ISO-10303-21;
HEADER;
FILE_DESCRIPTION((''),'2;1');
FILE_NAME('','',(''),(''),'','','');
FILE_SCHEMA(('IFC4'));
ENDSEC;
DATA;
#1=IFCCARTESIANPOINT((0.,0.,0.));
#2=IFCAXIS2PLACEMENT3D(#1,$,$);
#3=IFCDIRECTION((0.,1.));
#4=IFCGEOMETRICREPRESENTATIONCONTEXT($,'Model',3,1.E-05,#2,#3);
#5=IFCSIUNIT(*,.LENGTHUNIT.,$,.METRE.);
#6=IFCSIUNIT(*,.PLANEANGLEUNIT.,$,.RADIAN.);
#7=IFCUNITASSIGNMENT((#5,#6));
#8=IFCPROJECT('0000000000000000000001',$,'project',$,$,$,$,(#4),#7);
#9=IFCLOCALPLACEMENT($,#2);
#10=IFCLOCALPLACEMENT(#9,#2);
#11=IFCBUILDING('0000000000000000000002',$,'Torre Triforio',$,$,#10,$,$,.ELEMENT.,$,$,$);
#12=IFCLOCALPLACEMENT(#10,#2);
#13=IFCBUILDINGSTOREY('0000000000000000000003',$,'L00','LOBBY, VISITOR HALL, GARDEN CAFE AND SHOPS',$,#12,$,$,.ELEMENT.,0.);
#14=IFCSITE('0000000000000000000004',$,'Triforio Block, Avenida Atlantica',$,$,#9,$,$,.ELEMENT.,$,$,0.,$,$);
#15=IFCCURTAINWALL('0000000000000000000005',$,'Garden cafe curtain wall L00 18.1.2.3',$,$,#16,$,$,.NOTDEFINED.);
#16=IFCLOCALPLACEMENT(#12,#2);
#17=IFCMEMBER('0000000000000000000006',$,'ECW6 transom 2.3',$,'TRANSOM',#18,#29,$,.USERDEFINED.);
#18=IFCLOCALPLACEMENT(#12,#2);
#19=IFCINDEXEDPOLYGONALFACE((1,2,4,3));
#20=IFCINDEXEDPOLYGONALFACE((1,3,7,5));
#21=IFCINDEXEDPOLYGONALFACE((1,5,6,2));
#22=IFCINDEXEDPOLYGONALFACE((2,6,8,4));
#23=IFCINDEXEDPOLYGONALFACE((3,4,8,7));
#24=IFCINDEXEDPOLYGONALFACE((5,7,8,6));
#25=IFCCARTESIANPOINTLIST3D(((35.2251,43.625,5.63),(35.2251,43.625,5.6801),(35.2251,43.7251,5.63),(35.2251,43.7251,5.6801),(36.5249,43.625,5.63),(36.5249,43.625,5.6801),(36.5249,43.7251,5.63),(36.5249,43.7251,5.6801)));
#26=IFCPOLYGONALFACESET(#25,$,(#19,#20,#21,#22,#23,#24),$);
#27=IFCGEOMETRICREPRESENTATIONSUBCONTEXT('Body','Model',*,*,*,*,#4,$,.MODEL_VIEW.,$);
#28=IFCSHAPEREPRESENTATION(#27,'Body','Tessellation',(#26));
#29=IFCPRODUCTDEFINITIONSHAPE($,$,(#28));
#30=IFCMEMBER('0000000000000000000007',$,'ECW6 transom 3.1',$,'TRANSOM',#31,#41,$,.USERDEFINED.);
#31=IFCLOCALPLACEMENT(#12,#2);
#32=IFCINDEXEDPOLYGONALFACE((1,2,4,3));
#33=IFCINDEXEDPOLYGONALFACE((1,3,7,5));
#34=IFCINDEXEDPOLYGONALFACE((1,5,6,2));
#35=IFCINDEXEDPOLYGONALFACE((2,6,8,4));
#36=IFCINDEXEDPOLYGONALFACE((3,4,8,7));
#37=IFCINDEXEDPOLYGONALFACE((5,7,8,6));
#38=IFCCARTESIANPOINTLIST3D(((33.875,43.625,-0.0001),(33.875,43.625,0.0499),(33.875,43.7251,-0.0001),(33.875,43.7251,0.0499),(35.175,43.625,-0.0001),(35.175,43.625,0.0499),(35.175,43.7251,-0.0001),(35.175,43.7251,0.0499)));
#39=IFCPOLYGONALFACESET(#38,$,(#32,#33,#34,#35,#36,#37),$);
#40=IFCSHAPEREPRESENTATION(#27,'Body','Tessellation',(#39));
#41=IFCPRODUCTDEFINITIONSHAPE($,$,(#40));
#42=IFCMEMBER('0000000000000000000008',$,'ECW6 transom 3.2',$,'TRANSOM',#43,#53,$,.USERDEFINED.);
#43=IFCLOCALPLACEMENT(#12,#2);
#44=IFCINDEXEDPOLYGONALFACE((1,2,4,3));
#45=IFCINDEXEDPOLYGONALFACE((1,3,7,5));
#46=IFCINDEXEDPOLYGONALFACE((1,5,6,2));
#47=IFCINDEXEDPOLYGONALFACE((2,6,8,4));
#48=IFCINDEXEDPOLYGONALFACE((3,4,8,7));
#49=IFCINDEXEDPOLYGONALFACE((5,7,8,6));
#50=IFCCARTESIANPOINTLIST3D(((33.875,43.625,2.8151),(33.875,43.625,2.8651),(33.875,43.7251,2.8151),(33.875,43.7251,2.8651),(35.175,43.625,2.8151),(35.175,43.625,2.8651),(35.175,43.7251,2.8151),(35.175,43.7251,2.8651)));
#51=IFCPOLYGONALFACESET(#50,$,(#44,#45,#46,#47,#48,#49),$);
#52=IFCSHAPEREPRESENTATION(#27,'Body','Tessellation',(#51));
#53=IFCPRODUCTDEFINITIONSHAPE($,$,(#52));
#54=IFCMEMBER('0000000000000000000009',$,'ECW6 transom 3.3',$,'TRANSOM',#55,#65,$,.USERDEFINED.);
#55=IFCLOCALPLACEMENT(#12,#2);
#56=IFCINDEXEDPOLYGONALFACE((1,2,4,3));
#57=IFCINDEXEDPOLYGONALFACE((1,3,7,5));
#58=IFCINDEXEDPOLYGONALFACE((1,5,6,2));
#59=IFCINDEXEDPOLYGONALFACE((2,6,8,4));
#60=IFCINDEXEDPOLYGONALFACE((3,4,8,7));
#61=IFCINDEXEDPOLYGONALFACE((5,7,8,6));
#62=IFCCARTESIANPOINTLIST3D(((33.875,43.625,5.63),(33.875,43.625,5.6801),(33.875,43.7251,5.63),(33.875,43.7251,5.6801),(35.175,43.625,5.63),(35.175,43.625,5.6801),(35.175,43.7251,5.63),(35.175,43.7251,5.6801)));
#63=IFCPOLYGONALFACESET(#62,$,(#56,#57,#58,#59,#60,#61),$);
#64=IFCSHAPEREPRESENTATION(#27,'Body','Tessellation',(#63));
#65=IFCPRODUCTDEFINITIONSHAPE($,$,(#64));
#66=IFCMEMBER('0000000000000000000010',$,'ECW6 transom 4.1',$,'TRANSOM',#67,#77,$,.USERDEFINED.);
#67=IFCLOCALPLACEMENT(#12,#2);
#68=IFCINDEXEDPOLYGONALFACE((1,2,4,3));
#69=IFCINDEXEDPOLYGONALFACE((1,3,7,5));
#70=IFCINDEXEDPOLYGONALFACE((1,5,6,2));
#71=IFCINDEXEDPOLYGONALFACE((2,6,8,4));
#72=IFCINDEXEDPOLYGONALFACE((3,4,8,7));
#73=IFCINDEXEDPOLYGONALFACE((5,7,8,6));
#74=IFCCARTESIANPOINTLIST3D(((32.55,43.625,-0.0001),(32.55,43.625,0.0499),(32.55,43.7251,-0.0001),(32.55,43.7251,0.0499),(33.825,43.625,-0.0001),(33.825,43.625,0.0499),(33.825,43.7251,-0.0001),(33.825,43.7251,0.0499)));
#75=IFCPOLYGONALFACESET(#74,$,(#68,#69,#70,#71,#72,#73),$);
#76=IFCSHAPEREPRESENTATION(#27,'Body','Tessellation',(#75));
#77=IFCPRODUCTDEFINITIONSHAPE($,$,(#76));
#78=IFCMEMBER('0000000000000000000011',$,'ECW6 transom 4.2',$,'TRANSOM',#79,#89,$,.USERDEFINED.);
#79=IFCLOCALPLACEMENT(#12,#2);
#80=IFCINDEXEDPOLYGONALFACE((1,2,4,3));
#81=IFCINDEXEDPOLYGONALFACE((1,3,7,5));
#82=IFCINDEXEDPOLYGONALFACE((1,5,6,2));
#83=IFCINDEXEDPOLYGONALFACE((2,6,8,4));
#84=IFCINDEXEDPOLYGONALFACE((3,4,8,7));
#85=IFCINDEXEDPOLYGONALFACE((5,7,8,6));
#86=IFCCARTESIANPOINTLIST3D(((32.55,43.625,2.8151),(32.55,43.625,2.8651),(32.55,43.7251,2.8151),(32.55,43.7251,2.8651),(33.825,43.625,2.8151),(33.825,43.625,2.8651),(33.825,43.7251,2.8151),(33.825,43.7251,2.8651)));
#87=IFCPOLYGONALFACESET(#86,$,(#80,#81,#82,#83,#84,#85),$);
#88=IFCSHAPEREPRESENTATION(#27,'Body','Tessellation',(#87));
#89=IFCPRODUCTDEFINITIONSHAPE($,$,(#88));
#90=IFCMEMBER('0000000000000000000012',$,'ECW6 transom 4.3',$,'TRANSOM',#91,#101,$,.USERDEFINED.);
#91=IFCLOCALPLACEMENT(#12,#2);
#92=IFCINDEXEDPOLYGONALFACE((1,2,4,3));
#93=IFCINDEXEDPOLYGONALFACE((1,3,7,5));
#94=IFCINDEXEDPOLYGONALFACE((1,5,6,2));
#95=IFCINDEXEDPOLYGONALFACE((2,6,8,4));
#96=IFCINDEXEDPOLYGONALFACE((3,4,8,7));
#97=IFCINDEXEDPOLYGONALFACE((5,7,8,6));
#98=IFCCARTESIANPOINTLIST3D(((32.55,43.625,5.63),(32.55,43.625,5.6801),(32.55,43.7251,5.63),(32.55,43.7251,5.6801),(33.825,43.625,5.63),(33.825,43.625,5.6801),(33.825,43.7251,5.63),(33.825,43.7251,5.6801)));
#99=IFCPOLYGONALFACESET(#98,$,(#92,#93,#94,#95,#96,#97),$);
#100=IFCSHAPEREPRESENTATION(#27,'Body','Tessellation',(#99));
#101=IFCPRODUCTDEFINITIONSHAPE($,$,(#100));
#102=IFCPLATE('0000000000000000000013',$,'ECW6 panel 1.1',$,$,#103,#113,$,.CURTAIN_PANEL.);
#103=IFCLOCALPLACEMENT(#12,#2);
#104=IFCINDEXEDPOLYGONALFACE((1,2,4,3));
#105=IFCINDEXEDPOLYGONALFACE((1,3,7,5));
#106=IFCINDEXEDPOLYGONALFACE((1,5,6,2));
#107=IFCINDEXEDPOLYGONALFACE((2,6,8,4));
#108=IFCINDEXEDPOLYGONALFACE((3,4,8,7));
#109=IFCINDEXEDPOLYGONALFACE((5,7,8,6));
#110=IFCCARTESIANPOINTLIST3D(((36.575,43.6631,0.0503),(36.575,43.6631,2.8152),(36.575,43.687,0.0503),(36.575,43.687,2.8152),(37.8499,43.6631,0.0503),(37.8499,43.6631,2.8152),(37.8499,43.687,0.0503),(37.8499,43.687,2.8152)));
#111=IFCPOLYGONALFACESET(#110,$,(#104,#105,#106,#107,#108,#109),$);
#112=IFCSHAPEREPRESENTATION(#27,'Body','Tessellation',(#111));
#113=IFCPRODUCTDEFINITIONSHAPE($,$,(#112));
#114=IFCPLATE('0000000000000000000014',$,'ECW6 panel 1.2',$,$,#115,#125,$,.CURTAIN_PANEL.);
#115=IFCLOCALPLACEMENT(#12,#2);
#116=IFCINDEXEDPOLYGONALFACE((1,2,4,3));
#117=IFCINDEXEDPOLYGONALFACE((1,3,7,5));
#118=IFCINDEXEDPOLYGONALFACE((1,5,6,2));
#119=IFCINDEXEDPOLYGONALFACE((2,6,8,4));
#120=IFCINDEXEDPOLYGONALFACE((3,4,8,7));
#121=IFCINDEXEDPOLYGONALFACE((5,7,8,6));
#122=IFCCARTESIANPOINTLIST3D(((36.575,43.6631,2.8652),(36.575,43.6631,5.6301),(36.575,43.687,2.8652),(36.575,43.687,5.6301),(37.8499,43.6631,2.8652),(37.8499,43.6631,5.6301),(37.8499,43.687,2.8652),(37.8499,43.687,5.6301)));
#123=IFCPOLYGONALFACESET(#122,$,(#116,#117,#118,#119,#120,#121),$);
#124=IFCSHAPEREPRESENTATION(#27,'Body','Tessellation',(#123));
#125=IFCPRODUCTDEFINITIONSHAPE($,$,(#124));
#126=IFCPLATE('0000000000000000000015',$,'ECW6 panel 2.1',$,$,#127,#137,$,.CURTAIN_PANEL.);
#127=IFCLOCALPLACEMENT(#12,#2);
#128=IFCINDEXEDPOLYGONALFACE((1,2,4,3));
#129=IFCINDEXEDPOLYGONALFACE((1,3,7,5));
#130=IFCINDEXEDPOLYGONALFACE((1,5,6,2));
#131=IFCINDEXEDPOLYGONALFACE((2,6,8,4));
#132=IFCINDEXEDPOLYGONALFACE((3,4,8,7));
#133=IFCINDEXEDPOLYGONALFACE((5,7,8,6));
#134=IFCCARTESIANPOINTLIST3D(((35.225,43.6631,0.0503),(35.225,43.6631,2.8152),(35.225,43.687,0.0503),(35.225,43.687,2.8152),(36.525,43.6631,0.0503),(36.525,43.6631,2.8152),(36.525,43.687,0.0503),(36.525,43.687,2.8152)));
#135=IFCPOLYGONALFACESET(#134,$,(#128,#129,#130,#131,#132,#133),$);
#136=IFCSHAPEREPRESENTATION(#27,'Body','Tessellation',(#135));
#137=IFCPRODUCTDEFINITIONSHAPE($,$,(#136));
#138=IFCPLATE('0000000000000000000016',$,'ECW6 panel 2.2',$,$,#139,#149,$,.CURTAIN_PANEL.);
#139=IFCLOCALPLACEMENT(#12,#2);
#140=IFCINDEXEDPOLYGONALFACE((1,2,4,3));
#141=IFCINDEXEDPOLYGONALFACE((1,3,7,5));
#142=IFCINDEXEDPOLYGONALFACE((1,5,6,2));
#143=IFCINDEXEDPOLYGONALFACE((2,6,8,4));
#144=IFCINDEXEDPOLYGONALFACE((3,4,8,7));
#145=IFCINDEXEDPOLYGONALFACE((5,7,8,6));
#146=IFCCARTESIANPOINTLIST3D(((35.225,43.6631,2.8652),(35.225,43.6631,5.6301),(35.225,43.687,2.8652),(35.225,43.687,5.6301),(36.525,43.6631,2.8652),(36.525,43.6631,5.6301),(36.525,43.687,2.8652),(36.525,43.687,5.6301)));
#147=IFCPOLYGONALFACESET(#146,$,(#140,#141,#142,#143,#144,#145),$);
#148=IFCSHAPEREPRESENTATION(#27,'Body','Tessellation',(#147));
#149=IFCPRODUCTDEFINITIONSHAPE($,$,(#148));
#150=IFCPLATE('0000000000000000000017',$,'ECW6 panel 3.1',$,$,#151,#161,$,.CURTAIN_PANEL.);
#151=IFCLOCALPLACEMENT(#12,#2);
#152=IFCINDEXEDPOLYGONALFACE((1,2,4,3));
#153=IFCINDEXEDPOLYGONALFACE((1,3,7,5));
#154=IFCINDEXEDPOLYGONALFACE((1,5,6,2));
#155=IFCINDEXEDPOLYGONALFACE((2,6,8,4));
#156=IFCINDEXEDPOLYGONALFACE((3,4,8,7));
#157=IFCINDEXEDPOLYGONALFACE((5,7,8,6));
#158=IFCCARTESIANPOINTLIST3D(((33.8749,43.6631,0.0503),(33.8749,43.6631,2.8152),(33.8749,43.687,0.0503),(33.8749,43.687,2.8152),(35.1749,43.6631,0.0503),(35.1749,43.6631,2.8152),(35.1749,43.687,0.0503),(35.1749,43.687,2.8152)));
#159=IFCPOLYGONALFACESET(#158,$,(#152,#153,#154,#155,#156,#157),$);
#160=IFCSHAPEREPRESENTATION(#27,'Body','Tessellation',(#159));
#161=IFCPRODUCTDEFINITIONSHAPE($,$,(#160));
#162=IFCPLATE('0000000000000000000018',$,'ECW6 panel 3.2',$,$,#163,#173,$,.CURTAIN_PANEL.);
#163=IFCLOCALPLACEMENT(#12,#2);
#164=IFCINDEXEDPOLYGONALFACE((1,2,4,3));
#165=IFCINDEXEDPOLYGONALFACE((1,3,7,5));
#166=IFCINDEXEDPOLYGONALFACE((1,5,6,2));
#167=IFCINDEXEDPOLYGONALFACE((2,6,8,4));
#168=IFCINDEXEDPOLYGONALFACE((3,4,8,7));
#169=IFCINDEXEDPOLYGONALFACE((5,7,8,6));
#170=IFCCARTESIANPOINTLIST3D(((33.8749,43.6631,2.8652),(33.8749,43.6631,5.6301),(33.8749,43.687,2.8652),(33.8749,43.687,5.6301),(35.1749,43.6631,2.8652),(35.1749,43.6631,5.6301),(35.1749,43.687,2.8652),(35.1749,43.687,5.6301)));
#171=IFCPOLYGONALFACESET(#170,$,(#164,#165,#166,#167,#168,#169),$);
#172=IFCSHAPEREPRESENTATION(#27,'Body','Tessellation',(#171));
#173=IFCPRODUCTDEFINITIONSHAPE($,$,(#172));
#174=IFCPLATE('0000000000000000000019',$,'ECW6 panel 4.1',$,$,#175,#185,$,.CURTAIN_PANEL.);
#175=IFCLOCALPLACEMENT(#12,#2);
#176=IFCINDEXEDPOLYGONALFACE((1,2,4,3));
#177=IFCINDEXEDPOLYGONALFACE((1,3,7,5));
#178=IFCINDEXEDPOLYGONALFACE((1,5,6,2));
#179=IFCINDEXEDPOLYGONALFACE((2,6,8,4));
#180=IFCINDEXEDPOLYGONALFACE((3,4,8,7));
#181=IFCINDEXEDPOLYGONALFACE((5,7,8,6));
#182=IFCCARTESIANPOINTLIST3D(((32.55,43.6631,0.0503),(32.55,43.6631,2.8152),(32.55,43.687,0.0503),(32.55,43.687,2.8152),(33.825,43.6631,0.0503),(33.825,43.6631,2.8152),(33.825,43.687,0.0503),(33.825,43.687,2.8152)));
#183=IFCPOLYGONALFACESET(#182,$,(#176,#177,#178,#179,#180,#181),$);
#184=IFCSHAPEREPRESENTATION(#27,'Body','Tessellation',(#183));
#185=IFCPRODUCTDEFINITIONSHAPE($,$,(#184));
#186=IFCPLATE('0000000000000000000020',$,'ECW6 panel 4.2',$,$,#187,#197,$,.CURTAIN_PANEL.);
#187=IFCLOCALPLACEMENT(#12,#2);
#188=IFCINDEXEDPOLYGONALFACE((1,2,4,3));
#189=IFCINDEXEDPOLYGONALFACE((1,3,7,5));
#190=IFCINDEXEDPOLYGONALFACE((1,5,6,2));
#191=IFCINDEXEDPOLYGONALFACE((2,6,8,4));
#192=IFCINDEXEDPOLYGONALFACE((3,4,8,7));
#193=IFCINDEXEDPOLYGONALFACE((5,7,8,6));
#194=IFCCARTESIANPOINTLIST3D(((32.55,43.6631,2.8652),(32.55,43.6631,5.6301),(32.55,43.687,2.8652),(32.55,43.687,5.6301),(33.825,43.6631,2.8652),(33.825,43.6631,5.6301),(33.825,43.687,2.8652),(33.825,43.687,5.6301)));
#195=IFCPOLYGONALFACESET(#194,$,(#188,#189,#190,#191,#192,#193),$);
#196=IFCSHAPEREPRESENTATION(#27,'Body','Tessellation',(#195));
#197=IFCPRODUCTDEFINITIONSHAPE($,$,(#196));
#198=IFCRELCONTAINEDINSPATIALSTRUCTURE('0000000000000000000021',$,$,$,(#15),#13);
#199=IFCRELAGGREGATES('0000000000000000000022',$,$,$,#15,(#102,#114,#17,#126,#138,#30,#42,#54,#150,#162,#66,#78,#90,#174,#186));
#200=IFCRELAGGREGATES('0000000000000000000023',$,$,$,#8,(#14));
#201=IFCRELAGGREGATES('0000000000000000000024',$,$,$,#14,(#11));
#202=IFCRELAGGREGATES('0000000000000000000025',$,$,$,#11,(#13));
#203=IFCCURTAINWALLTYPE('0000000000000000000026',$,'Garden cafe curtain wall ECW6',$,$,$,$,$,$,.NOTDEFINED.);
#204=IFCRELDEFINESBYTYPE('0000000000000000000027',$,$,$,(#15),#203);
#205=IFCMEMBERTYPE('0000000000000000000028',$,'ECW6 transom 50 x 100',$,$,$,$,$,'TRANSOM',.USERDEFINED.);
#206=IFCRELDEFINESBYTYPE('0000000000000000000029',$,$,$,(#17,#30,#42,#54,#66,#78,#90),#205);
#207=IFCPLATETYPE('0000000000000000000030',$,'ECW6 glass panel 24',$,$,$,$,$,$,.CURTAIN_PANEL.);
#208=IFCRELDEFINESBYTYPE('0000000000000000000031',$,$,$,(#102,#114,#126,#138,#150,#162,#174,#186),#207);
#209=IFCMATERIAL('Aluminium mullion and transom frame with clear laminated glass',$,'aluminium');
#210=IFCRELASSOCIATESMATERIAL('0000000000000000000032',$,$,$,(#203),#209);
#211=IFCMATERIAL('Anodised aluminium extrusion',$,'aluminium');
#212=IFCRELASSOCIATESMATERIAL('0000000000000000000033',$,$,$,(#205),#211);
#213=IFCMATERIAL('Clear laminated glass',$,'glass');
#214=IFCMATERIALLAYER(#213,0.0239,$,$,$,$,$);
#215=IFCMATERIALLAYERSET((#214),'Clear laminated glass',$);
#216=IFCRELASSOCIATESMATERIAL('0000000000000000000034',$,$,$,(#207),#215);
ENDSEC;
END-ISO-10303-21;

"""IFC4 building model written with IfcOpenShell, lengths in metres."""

from ifc_helpers import new_model, si_unit, direction, frame, origin, origin_2d, place, context, subcontext, project, spatial, rectangle, extrude, material, layer, layer_set, material_profile, profile_set, type_object, element, aggregate, save


model = new_model("IFC4")

# Units and contexts
model_context = context("Model", 3, precision=1e-05, world=origin(), true_north=direction((0.0, 1.0)))
body_context = subcontext(model_context, "Body", "Model", "MODEL_VIEW")
ifc_project = project(units=[si_unit("LENGTHUNIT", "METRE"), si_unit("PLANEANGLEUNIT", "RADIAN")], contexts=[model_context])

# Site, building, storey
site_placement = place(None, origin())
site = spatial("IfcSite", under=ifc_project, at=site_placement, Name="Triforio Block, Avenida Atlantica", CompositionType="ELEMENT", RefElevation=0.0)
building_placement = place(site_placement, origin())
building = spatial("IfcBuilding", under=site, at=building_placement, Name="Torre Triforio", CompositionType="ELEMENT")
storey_placement = place(building_placement, origin())
storey = spatial("IfcBuildingStorey", under=building, at=storey_placement, Name="L00", Description="LOBBY, VISITOR HALL, GARDEN CAFE AND SHOPS", CompositionType="ELEMENT", Elevation=0.0)

# Curtain wall, members, plates
ifc_material_1 = material(Name="Aluminium mullion and transom frame with clear laminated glass", Category="aluminium")
curtain_wall_type = type_object("IfcCurtainWallType", Name="Garden cafe curtain wall ECW6", PredefinedType="NOTDEFINED", material=ifc_material_1)
curtain_wall_placement = place(storey_placement, origin())
curtain_wall = element("IfcCurtainWall", 1, at=curtain_wall_placement, inside=storey, type_object=curtain_wall_type, Name="Garden cafe curtain wall L00 18.1.2.3", PredefinedType="NOTDEFINED")
ifc_material_2 = material(Name="Anodised aluminium extrusion", Category="aluminium")
ifc_material_profile_1 = material_profile(ifc_material_2, rectangle(XDim=0.1001, YDim=0.05, at=origin_2d()), Name="ECW6 TRANSOM 50x100")
ifc_profile_set_1 = profile_set([ifc_material_profile_1], Name="Anodised aluminium extrusion")
member_type_1 = type_object("IfcMemberType", Name="ECW6 transom 50 x 100", ElementType="TRANSOM", PredefinedType="USERDEFINED", material=ifc_profile_set_1)
member_1_placement = place(storey_placement, frame((36.5249, 43.675, 5.655), z_axis=(-1.0, 0.0, 0.0), x_axis=(0.0, -1.0, 0.0)))
member_1 = element("IfcMember", 2, at=member_1_placement, type_object=member_type_1, Name="ECW6 transom 2.3", ObjectType="TRANSOM", PredefinedType="USERDEFINED", context=body_context, shape_type="SweptSolid", body=[
    extrude(rectangle(XDim=0.1001, YDim=0.05, at=origin_2d()), origin(), (0.0, 0.0, 1.0), 1.2998),
])
member_2_placement = place(storey_placement, frame((35.175, 43.675, 0.0249), z_axis=(-1.0, 0.0, 0.0), x_axis=(0.0, -1.0, 0.0)))
member_2 = element("IfcMember", 3, at=member_2_placement, type_object=member_type_1, Name="ECW6 transom 3.1", ObjectType="TRANSOM", PredefinedType="USERDEFINED", context=body_context, shape_type="SweptSolid", body=[
    extrude(rectangle(XDim=0.1001, YDim=0.05, at=origin_2d()), origin(), (0.0, 0.0, 1.0), 1.3),
])
member_3_placement = place(storey_placement, frame((35.175, 43.675, 2.8401), z_axis=(-1.0, 0.0, 0.0), x_axis=(0.0, -1.0, 0.0)))
member_3 = element("IfcMember", 4, at=member_3_placement, type_object=member_type_1, Name="ECW6 transom 3.2", ObjectType="TRANSOM", PredefinedType="USERDEFINED", context=body_context, shape_type="SweptSolid", body=[
    extrude(rectangle(XDim=0.1001, YDim=0.05, at=origin_2d()), origin(), (0.0, 0.0, 1.0), 1.3),
])
member_4_placement = place(storey_placement, frame((35.175, 43.675, 5.655), z_axis=(-1.0, 0.0, 0.0), x_axis=(0.0, -1.0, 0.0)))
member_4 = element("IfcMember", 5, at=member_4_placement, type_object=member_type_1, Name="ECW6 transom 3.3", ObjectType="TRANSOM", PredefinedType="USERDEFINED", context=body_context, shape_type="SweptSolid", body=[
    extrude(rectangle(XDim=0.1001, YDim=0.05, at=origin_2d()), origin(), (0.0, 0.0, 1.0), 1.3),
])
member_5_placement = place(storey_placement, frame((33.825, 43.675, 0.0249), z_axis=(-1.0, 0.0, 0.0), x_axis=(0.0, -1.0, 0.0)))
member_5 = element("IfcMember", 6, at=member_5_placement, type_object=member_type_1, Name="ECW6 transom 4.1", ObjectType="TRANSOM", PredefinedType="USERDEFINED", context=body_context, shape_type="SweptSolid", body=[
    extrude(rectangle(XDim=0.1001, YDim=0.05, at=origin_2d()), origin(), (0.0, 0.0, 1.0), 1.2749),
])
member_6_placement = place(storey_placement, frame((33.825, 43.675, 2.8401), z_axis=(-1.0, 0.0, 0.0), x_axis=(0.0, -1.0, 0.0)))
member_6 = element("IfcMember", 7, at=member_6_placement, type_object=member_type_1, Name="ECW6 transom 4.2", ObjectType="TRANSOM", PredefinedType="USERDEFINED", context=body_context, shape_type="SweptSolid", body=[
    extrude(rectangle(XDim=0.1001, YDim=0.05, at=origin_2d()), origin(), (0.0, 0.0, 1.0), 1.2749),
])
member_7_placement = place(storey_placement, frame((33.825, 43.675, 5.655), z_axis=(-1.0, 0.0, 0.0), x_axis=(0.0, -1.0, 0.0)))
member_7 = element("IfcMember", 8, at=member_7_placement, type_object=member_type_1, Name="ECW6 transom 4.3", ObjectType="TRANSOM", PredefinedType="USERDEFINED", context=body_context, shape_type="SweptSolid", body=[
    extrude(rectangle(XDim=0.1001, YDim=0.05, at=origin_2d()), origin(), (0.0, 0.0, 1.0), 1.2749),
])
ifc_material_3 = material(Name="Clear laminated glass", Category="glass")
ifc_layer_1 = layer(ifc_material_3, 0.0239)
ifc_layer_set_1 = layer_set([ifc_layer_1], Name="Clear laminated glass")
plate_type = type_object("IfcPlateType", Name="ECW6 glass panel 24", PredefinedType="CURTAIN_PANEL", material=ifc_layer_set_1)
plate_1_placement = place(storey_placement, frame((37.2124, 43.675, 0.0503), z_axis=(0.0, 0.0, 1.0), x_axis=(-1.0, 0.0, 0.0)))
plate_1 = element("IfcPlate", 9, at=plate_1_placement, type_object=plate_type, Name="ECW6 panel 1.1", PredefinedType="CURTAIN_PANEL", context=body_context, shape_type="SweptSolid", body=[
    extrude(rectangle(XDim=1.2749, YDim=0.0239, at=origin_2d()), origin(), (0.0, 0.0, 1.0), 2.7649),
])
plate_2_placement = place(storey_placement, frame((37.2124, 43.675, 2.8652), z_axis=(0.0, 0.0, 1.0), x_axis=(-1.0, 0.0, 0.0)))
plate_2 = element("IfcPlate", 10, at=plate_2_placement, type_object=plate_type, Name="ECW6 panel 1.2", PredefinedType="CURTAIN_PANEL", context=body_context, shape_type="SweptSolid", body=[
    extrude(rectangle(XDim=1.2749, YDim=0.0239, at=origin_2d()), origin(), (0.0, 0.0, 1.0), 2.7649),
])
plate_3_placement = place(storey_placement, frame((35.875, 43.675, 0.0503), z_axis=(0.0, 0.0, 1.0), x_axis=(-1.0, 0.0, 0.0)))
plate_3 = element("IfcPlate", 11, at=plate_3_placement, type_object=plate_type, Name="ECW6 panel 2.1", PredefinedType="CURTAIN_PANEL", context=body_context, shape_type="SweptSolid", body=[
    extrude(rectangle(XDim=1.3, YDim=0.0239, at=origin_2d()), origin(), (0.0, 0.0, 1.0), 2.7649),
])
plate_4_placement = place(storey_placement, frame((35.875, 43.675, 2.8652), z_axis=(0.0, 0.0, 1.0), x_axis=(-1.0, 0.0, 0.0)))
plate_4 = element("IfcPlate", 12, at=plate_4_placement, type_object=plate_type, Name="ECW6 panel 2.2", PredefinedType="CURTAIN_PANEL", context=body_context, shape_type="SweptSolid", body=[
    extrude(rectangle(XDim=1.3, YDim=0.0239, at=origin_2d()), origin(), (0.0, 0.0, 1.0), 2.7649),
])
plate_5_placement = place(storey_placement, frame((34.5249, 43.675, 0.0503), z_axis=(0.0, 0.0, 1.0), x_axis=(-1.0, 0.0, 0.0)))
plate_5 = element("IfcPlate", 13, at=plate_5_placement, type_object=plate_type, Name="ECW6 panel 3.1", PredefinedType="CURTAIN_PANEL", context=body_context, shape_type="SweptSolid", body=[
    extrude(rectangle(XDim=1.3, YDim=0.0239, at=origin_2d()), origin(), (0.0, 0.0, 1.0), 2.7649),
])
plate_6_placement = place(storey_placement, frame((34.5249, 43.675, 2.8652), z_axis=(0.0, 0.0, 1.0), x_axis=(-1.0, 0.0, 0.0)))
plate_6 = element("IfcPlate", 14, at=plate_6_placement, type_object=plate_type, Name="ECW6 panel 3.2", PredefinedType="CURTAIN_PANEL", context=body_context, shape_type="SweptSolid", body=[
    extrude(rectangle(XDim=1.3, YDim=0.0239, at=origin_2d()), origin(), (0.0, 0.0, 1.0), 2.7649),
])
plate_7_placement = place(storey_placement, frame((33.1875, 43.675, 0.0503), z_axis=(0.0, 0.0, 1.0), x_axis=(-1.0, 0.0, 0.0)))
plate_7 = element("IfcPlate", 15, at=plate_7_placement, type_object=plate_type, Name="ECW6 panel 4.1", PredefinedType="CURTAIN_PANEL", context=body_context, shape_type="SweptSolid", body=[
    extrude(rectangle(XDim=1.2749, YDim=0.0239, at=origin_2d()), origin(), (0.0, 0.0, 1.0), 2.7649),
])
plate_8_placement = place(storey_placement, frame((33.1875, 43.675, 2.8652), z_axis=(0.0, 0.0, 1.0), x_axis=(-1.0, 0.0, 0.0)))
plate_8 = element("IfcPlate", 16, at=plate_8_placement, type_object=plate_type, Name="ECW6 panel 4.2", PredefinedType="CURTAIN_PANEL", context=body_context, shape_type="SweptSolid", body=[
    extrude(rectangle(XDim=1.2749, YDim=0.0239, at=origin_2d()), origin(), (0.0, 0.0, 1.0), 2.7649),
])
aggregate(curtain_wall, [plate_1, plate_2, member_1, plate_3, plate_4, member_2, member_3, member_4, plate_5, plate_6, member_5, member_6, member_7, plate_7, plate_8])

save(model, "model.ifc")
